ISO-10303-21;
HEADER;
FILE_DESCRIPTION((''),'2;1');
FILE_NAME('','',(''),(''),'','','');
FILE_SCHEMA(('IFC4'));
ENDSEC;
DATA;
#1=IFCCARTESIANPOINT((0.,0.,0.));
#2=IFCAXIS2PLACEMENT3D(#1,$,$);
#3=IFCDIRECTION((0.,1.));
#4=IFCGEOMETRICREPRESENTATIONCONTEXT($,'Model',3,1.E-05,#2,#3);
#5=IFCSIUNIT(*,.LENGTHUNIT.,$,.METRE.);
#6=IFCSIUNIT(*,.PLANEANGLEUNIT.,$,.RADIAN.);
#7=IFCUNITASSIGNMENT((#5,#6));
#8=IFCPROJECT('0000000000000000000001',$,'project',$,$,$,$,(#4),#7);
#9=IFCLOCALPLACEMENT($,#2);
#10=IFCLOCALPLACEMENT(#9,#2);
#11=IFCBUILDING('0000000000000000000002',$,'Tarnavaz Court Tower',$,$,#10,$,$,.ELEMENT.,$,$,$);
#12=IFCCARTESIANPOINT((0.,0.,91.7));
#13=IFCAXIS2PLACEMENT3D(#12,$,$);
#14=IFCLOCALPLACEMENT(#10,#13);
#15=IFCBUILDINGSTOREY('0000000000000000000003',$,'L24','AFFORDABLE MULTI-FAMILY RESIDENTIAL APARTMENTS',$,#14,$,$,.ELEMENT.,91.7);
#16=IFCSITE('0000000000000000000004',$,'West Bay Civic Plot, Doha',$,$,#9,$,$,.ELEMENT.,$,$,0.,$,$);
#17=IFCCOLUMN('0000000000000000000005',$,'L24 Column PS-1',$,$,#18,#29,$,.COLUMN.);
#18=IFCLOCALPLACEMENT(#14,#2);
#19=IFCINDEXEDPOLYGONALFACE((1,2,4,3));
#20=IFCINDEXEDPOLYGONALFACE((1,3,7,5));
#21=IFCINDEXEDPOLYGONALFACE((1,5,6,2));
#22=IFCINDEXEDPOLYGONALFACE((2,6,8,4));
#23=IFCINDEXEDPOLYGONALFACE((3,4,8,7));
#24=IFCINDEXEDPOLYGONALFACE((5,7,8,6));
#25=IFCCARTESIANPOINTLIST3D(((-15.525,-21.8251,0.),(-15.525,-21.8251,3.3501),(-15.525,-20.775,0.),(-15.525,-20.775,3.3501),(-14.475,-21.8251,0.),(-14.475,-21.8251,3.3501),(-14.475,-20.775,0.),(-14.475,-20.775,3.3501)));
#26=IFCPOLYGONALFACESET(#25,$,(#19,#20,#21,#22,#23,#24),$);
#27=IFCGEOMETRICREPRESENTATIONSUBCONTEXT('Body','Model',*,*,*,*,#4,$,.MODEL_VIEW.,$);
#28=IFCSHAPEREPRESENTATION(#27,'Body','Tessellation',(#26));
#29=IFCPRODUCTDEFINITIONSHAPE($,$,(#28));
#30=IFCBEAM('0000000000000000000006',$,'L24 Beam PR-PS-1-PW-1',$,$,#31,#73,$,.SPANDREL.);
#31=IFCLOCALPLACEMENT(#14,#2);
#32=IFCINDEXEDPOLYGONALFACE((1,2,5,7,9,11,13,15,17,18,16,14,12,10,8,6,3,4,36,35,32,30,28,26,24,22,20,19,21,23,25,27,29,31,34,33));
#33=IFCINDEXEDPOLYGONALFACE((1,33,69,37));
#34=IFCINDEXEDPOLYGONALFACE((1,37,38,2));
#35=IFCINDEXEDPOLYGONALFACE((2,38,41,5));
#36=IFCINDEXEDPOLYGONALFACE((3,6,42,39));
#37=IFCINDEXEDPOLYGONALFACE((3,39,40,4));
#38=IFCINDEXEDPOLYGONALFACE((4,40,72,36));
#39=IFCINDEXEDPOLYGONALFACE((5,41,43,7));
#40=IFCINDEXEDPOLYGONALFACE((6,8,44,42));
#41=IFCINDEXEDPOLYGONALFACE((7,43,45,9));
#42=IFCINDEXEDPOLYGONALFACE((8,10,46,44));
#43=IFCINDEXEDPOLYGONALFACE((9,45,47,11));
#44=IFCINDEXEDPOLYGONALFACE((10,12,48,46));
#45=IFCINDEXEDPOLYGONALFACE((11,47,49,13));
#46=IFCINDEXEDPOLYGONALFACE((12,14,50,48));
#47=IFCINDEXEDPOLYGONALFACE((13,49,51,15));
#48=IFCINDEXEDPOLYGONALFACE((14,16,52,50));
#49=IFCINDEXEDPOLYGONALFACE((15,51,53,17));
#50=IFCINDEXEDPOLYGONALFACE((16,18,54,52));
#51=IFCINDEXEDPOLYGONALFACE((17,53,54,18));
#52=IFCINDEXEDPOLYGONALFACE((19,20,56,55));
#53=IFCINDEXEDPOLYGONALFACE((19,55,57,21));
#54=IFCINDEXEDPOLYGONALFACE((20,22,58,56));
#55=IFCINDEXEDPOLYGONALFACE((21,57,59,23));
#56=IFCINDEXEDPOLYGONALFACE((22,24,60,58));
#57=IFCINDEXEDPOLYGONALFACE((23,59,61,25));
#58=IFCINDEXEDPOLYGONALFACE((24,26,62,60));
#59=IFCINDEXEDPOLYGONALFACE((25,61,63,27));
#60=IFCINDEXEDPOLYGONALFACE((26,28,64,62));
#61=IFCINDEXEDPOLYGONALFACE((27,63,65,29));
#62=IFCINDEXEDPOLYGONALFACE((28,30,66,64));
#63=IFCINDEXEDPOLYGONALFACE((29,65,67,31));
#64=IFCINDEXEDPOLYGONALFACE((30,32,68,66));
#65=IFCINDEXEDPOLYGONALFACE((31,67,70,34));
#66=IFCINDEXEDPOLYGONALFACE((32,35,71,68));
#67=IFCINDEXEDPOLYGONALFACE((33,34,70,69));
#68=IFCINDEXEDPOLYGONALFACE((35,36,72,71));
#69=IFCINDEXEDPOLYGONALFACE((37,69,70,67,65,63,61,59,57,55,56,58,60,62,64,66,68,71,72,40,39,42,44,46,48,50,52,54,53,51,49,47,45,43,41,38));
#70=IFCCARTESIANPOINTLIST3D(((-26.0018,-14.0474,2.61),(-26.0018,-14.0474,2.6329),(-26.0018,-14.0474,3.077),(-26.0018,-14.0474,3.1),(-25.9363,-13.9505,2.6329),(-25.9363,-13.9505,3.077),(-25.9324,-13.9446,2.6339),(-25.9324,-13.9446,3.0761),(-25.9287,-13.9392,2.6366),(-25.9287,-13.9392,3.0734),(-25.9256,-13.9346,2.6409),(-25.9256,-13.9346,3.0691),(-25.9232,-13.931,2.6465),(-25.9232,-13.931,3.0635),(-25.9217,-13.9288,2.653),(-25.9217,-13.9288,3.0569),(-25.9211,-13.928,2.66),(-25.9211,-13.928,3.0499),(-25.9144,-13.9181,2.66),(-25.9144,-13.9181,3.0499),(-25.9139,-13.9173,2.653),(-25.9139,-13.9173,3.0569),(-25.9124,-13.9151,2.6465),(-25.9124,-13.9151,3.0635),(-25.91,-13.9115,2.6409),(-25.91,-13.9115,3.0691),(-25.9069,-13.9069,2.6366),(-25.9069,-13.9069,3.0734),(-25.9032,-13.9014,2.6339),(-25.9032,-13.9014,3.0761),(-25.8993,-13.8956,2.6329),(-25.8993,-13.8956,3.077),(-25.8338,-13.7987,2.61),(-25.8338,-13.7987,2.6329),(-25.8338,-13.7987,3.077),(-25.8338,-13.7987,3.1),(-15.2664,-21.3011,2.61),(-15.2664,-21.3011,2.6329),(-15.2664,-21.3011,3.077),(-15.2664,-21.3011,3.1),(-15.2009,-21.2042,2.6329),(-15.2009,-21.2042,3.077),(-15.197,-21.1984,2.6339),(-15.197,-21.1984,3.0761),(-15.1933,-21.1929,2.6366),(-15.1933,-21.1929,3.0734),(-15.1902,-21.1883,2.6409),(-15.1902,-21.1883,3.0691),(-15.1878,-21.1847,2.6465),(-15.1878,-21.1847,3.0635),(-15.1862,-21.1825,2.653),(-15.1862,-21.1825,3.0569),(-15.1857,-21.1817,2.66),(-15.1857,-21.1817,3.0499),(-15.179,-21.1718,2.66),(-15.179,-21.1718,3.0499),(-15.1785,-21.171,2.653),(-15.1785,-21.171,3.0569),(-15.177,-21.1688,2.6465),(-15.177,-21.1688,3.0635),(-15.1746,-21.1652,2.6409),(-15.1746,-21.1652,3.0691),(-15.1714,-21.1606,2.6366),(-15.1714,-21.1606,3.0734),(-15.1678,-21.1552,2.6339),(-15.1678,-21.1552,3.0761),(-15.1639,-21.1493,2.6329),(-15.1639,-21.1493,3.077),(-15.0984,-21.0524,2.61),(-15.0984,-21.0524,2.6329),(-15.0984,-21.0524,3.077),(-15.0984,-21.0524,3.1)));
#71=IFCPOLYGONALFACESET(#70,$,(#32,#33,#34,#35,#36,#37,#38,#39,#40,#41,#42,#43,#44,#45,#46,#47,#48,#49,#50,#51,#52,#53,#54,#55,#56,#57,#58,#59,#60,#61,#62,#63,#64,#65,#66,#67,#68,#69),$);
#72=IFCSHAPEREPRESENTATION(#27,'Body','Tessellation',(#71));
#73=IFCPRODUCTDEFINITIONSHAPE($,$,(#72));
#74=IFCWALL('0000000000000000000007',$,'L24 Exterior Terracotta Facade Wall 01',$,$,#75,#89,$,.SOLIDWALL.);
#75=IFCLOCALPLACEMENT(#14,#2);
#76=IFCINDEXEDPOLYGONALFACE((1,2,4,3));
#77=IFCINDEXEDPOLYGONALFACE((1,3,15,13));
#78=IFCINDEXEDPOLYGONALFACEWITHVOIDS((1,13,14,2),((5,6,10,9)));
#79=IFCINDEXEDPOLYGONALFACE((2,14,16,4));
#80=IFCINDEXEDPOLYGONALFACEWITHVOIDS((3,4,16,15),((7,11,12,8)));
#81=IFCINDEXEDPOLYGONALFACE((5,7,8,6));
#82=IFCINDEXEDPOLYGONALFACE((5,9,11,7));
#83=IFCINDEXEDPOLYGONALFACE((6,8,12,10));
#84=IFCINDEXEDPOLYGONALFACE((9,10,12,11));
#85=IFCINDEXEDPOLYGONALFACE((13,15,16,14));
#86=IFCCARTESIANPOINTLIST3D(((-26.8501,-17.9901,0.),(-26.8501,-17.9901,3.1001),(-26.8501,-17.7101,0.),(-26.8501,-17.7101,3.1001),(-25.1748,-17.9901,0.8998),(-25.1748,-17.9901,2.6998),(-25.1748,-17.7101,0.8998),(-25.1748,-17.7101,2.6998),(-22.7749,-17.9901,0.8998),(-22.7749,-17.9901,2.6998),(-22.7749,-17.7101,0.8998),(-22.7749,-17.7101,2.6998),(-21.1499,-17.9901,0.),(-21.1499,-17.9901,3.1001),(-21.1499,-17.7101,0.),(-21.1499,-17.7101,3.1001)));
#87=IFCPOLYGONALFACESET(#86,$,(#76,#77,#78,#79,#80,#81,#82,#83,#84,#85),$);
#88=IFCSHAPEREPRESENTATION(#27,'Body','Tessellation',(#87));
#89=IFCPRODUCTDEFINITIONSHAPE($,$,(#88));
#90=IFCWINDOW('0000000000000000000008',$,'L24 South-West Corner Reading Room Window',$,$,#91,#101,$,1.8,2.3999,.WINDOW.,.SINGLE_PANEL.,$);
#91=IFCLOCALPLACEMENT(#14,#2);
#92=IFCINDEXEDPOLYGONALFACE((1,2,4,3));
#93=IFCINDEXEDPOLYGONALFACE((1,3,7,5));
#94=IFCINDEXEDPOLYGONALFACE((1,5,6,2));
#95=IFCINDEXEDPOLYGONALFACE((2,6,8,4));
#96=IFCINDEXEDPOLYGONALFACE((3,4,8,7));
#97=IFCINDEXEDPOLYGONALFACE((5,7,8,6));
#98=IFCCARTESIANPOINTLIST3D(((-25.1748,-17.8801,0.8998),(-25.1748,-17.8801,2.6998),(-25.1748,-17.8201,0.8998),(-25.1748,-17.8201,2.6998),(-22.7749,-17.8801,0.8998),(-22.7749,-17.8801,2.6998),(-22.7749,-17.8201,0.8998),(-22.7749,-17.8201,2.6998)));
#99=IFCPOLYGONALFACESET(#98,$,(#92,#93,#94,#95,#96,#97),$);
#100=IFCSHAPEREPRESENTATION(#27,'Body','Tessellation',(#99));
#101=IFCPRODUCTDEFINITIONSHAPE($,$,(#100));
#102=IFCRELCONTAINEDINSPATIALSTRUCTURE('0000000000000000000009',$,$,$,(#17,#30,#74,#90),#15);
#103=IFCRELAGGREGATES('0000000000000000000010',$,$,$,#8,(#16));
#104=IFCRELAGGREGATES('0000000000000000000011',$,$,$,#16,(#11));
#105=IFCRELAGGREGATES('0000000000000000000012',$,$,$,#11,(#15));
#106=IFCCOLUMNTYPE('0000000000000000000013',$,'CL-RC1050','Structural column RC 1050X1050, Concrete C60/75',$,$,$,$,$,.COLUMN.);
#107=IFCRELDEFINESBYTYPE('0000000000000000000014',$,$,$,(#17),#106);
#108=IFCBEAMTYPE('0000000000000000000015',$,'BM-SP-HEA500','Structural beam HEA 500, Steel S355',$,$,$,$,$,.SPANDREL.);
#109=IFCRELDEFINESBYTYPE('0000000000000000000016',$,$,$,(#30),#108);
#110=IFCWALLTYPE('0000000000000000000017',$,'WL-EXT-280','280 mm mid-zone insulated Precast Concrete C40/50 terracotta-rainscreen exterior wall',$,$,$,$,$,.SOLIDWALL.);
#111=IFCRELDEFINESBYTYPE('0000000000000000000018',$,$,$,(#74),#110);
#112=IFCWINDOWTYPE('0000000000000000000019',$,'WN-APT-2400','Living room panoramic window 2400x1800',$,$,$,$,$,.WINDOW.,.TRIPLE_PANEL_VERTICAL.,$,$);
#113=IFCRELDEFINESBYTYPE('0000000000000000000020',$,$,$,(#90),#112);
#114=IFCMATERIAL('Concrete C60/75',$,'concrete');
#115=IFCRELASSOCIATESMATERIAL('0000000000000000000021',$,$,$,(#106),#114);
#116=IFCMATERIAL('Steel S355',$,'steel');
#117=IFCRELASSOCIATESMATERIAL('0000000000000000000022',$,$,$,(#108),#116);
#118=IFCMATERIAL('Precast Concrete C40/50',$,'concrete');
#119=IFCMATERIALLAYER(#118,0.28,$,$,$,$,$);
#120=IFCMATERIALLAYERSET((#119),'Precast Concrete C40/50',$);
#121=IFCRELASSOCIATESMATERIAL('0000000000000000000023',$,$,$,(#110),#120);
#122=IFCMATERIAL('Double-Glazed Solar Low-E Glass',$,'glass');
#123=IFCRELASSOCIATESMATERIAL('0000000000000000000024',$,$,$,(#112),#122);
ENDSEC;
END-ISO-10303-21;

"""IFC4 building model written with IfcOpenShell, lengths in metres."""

from ifc_helpers import new_model, si_unit, direction, frame, frame_2d, origin, origin_2d, place, context, subcontext, project, spatial, rectangle, i_section, extrude, material, layer, layer_set, material_profile, profile_set, type_object, element, fill, save


model = new_model("IFC4")

# Units and contexts
model_context = context("Model", 3, precision=1e-05, world=origin(), true_north=direction((0.0, 1.0)))
body_context = subcontext(model_context, "Body", "Model", "MODEL_VIEW")
ifc_project = project(units=[si_unit("LENGTHUNIT", "METRE"), si_unit("PLANEANGLEUNIT", "RADIAN")], contexts=[model_context])

# Site, building, storey
site_placement = place(None, origin())
site = spatial("IfcSite", under=ifc_project, at=site_placement, Name="West Bay Civic Plot, Doha", CompositionType="ELEMENT", RefElevation=0.0)
building_placement = place(site_placement, origin())
building = spatial("IfcBuilding", under=site, at=building_placement, Name="Tarnavaz Court Tower", CompositionType="ELEMENT")
storey_placement = place(building_placement, frame((0.0, 0.0, 91.7)))
storey = spatial("IfcBuildingStorey", under=building, at=storey_placement, Name="L24", Description="AFFORDABLE MULTI-FAMILY RESIDENTIAL APARTMENTS", CompositionType="ELEMENT", Elevation=91.7)

# Column
ifc_material_1 = material(Name="Concrete C60/75", Category="concrete")
ifc_material_profile_1 = material_profile(ifc_material_1, rectangle(XDim=1.05, YDim=1.05, at=origin_2d()), Name="RC 1050X1050")
ifc_profile_set_1 = profile_set([ifc_material_profile_1], Name="Concrete C60/75")
column_type = type_object("IfcColumnType", Name="CL-RC1050", Description="Structural column RC 1050X1050, Concrete C60/75", PredefinedType="COLUMN", material=ifc_profile_set_1)
column_placement = place(storey_placement, frame((-15.0, -21.3, 0.0), z_axis=(0.0, 0.0, 1.0), x_axis=(1.0, 0.0, 0.0)))
element("IfcColumn", 1, at=column_placement, inside=storey, type_object=column_type, Name="L24 Column PS-1", PredefinedType="COLUMN", context=body_context, shape_type="SweptSolid", body=[
    extrude(rectangle(XDim=1.05, YDim=1.05, at=origin_2d()), origin(), (0.0, 0.0, 1.0), 3.3501),
])

# Beam
ifc_material_2 = material(Name="Steel S355", Category="steel")
ifc_material_profile_2 = material_profile(ifc_material_2, i_section(OverallWidth=0.3, OverallDepth=0.49, WebThickness=0.012, FlangeThickness=0.0229, FilletRadius=0.0271, at=origin_2d()), Name="HEA 500")
ifc_profile_set_2 = profile_set([ifc_material_profile_2], Name="Steel S355")
beam_type = type_object("IfcBeamType", Name="BM-SP-HEA500", Description="Structural beam HEA 500, Steel S355", PredefinedType="SPANDREL", material=ifc_profile_set_2)
beam_placement = place(storey_placement, frame((-15.1824, -21.1768, 2.855), z_axis=(-0.828587, 0.55986, 0.0), x_axis=(-0.55986, -0.828587, 0.0)))
element("IfcBeam", 2, at=beam_placement, inside=storey, type_object=beam_type, Name="L24 Beam PR-PS-1-PW-1", PredefinedType="SPANDREL", context=body_context, shape_type="SweptSolid", body=[
    extrude(i_section(OverallWidth=0.3, OverallDepth=0.49, WebThickness=0.012, FlangeThickness=0.0229, FilletRadius=0.0271, at=origin_2d()), origin(), (0.0, 0.0, 1.0), 12.9563),
])

# Wall, opening, window
ifc_material_3 = material(Name="Precast Concrete C40/50", Category="concrete")
ifc_layer_1 = layer(ifc_material_3, 0.28)
ifc_layer_set_1 = layer_set([ifc_layer_1], Name="Precast Concrete C40/50")
wall_type_1 = type_object("IfcWallType", Name="WL-EXT-280", Description="280 mm mid-zone insulated Precast Concrete C40/50 terracotta-rainscreen exterior wall", PredefinedType="SOLIDWALL", material=ifc_layer_set_1)
wall_1_placement = place(storey_placement, frame((-21.1499, -17.8501, 0.0), z_axis=(0.0, 0.0, 1.0), x_axis=(-1.0, 0.0, 0.0)))
wall_1 = element("IfcWall", 3, at=wall_1_placement, inside=storey, type_object=wall_type_1, Name="L24 Exterior Terracotta Facade Wall 01", PredefinedType="SOLIDWALL", context=body_context, shape_type="SweptSolid", body=[
    extrude(rectangle(XDim=5.7002, YDim=0.28, at=frame_2d((2.8501, 0.0))), origin(), (0.0, 0.0, 1.0), 3.1001),
])
opening_1_placement = place(wall_1_placement, frame((1.625, 0.0, 0.8999)))
opening_1 = element("IfcOpeningElement", 4, at=opening_1_placement, cuts=wall_1, PredefinedType="OPENING", context=body_context, shape_type="SweptSolid", body=[
    extrude(rectangle(XDim=2.3999, YDim=1.8, at=frame_2d((1.2, 0.8999))), frame((0.0, 0.1499, 0.0), z_axis=(0.0, -1.0, 0.0), x_axis=(1.0, 0.0, 0.0)), (0.0, 0.0, 1.0), 0.3),
])
ifc_material_4 = material(Name="Double-Glazed Solar Low-E Glass", Category="glass")
window_type_1 = type_object("IfcWindowType", Name="WN-APT-2400", Description="Living room panoramic window 2400x1800", PartitioningType="TRIPLE_PANEL_VERTICAL", PredefinedType="WINDOW", material=ifc_material_4)
window_1_placement = place(opening_1_placement, origin())
window_1 = element("IfcWindow", 5, at=window_1_placement, inside=storey, type_object=window_type_1, Name="L24 South-West Corner Reading Room Window", OverallHeight=1.8, OverallWidth=2.3999, PartitioningType="SINGLE_PANEL", PredefinedType="WINDOW", context=body_context, shape_type="SweptSolid", body=[
    extrude(rectangle(XDim=2.3999, YDim=1.8, at=frame_2d((1.2, 0.8999))), frame((0.0, 0.03, 0.0), z_axis=(0.0, -1.0, 0.0), x_axis=(1.0, 0.0, 0.0)), (0.0, 0.0, 1.0), 0.0601),
])
fill(opening_1, window_1)

save(model, "model.ifc")
